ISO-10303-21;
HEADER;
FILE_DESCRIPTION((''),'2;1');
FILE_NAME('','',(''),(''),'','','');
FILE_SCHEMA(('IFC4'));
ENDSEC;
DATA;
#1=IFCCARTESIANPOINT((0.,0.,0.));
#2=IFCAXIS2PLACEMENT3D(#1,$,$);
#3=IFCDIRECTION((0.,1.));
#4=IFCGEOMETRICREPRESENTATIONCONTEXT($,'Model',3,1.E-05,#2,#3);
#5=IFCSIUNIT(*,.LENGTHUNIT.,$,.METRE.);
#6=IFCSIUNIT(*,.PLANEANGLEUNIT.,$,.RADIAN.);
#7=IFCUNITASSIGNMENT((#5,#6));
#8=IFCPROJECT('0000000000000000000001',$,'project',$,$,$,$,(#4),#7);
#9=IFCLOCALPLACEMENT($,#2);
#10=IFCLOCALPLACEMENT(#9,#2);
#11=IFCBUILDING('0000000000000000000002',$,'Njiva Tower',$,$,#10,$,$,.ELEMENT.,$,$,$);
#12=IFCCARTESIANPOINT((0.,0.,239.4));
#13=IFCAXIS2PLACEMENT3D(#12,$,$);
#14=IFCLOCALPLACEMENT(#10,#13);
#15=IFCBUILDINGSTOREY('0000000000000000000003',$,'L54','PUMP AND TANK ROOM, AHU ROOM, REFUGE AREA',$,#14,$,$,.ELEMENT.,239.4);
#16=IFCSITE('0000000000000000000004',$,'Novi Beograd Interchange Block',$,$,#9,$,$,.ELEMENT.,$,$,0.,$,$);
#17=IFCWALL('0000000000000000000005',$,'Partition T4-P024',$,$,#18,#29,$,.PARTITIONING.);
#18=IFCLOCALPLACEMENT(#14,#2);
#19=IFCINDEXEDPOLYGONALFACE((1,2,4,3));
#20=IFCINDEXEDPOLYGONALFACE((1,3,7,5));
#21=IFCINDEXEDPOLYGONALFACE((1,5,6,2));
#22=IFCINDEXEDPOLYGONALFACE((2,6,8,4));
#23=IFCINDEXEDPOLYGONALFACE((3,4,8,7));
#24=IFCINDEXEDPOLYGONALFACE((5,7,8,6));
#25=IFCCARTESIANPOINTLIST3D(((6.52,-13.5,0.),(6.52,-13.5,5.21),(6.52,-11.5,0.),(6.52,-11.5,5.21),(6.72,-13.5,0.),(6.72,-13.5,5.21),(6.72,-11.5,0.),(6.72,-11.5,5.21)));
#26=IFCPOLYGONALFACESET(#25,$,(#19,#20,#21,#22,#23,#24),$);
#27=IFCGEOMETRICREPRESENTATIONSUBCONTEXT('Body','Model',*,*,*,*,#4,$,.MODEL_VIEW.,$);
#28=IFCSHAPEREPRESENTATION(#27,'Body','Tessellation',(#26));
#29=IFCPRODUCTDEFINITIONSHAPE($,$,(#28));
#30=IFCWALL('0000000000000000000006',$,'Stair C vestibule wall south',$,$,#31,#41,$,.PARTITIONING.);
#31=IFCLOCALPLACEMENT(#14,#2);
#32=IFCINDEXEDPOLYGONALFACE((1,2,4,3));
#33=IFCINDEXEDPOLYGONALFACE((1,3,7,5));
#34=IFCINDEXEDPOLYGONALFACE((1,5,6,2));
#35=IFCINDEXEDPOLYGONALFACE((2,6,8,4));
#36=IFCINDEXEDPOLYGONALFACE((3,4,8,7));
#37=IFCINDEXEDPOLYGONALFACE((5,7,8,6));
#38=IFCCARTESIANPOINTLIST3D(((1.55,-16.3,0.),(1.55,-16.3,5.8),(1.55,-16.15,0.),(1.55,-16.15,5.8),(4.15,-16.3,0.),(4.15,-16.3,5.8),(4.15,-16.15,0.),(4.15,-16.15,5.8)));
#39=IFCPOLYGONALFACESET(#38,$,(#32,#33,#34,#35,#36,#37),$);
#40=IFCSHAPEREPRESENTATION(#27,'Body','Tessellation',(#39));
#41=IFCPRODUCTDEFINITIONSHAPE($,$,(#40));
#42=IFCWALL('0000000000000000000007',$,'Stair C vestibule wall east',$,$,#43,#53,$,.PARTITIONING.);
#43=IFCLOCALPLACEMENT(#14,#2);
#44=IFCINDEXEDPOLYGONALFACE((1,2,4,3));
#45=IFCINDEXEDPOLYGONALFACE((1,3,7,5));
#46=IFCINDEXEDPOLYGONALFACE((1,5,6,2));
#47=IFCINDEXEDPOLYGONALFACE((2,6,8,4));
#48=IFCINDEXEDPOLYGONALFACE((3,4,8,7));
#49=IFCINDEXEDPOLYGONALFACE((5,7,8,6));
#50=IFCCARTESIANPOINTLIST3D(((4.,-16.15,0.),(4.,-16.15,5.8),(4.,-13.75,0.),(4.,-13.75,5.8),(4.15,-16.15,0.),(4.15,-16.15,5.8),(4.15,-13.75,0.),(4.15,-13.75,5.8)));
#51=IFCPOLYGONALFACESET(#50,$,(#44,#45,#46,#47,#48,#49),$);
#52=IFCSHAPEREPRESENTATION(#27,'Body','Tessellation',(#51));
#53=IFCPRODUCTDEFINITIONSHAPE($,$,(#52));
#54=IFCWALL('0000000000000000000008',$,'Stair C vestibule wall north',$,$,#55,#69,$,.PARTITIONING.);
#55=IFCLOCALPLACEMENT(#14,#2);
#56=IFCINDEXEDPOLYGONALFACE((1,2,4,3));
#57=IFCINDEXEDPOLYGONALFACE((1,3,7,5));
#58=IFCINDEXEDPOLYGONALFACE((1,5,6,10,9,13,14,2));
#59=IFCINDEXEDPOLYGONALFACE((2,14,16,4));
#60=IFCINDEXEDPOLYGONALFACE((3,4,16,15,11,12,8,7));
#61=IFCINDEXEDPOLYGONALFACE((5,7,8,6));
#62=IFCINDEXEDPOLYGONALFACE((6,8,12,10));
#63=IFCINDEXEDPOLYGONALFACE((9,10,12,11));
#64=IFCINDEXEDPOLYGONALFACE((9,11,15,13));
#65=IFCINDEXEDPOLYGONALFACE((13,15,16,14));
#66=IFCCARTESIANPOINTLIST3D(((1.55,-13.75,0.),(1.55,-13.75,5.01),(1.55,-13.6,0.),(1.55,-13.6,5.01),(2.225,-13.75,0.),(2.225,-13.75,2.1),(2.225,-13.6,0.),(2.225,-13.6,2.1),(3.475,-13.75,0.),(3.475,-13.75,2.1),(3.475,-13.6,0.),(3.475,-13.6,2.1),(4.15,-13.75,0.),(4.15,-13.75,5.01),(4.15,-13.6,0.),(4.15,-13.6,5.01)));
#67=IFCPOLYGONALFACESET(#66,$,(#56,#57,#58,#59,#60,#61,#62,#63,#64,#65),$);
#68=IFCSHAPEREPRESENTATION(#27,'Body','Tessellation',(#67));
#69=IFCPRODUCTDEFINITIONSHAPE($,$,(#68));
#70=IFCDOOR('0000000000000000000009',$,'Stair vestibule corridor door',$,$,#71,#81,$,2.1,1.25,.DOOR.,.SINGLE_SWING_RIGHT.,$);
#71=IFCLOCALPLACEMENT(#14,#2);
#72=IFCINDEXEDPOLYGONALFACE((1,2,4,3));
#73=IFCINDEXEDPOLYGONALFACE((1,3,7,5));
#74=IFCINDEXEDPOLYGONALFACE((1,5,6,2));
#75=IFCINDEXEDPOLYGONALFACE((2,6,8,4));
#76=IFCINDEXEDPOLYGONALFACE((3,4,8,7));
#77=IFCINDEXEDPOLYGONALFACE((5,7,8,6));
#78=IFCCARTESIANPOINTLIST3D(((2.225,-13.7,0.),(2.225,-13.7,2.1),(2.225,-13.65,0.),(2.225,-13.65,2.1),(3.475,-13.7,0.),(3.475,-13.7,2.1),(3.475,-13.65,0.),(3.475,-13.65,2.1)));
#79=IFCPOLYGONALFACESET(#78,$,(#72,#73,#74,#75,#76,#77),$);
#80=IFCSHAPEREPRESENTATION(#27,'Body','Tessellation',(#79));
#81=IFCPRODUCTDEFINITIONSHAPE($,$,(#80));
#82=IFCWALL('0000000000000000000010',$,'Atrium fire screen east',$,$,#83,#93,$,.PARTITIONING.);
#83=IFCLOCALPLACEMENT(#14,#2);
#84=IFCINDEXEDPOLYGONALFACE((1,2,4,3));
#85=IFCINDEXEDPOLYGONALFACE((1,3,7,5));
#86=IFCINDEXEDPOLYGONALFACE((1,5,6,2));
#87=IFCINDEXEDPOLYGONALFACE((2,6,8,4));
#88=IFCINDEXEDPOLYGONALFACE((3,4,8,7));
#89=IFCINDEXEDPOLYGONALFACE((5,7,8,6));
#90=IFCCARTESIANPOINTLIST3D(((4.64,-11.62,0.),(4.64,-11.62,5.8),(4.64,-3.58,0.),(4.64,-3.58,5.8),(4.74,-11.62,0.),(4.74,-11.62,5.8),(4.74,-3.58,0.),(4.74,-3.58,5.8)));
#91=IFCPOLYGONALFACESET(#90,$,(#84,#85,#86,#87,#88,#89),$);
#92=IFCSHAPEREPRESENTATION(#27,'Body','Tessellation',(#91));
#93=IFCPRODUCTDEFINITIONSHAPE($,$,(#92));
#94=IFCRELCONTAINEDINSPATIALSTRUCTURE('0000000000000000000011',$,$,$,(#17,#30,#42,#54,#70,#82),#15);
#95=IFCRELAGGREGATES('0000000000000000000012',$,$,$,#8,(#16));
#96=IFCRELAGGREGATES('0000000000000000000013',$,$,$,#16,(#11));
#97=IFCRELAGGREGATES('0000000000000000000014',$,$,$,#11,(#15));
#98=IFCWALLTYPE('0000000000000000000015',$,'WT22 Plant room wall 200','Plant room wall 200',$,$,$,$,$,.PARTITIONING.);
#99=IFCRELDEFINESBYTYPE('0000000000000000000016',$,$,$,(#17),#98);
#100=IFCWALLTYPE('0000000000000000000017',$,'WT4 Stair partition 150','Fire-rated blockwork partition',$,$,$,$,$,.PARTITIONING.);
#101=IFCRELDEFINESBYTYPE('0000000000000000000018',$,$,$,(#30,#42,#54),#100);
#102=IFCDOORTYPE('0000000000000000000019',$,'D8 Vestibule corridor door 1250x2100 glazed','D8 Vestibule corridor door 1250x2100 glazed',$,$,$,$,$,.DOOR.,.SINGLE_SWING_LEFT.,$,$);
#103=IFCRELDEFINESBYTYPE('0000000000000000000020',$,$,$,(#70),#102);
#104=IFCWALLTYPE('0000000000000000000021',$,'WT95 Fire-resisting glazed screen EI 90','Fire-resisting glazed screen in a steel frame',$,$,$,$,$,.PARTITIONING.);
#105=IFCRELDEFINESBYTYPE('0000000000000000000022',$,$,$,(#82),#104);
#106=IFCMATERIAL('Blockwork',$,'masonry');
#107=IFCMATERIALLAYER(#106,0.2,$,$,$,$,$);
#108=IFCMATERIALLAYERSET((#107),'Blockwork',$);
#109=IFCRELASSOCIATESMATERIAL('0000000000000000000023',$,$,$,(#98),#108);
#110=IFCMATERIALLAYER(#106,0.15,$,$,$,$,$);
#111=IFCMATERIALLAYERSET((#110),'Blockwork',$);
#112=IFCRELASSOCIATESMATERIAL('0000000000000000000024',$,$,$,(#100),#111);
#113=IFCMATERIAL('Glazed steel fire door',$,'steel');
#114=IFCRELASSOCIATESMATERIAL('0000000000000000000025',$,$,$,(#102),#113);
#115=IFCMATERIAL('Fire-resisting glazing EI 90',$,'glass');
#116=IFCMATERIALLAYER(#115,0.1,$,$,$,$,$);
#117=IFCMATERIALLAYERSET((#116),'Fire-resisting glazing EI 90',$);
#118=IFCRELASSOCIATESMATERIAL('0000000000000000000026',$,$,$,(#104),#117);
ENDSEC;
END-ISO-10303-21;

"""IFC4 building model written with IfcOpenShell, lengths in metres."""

from ifc_helpers import new_model, si_unit, direction, frame, frame_2d, origin, place, context, subcontext, project, spatial, rectangle, extrude, material, layer, layer_set, type_object, element, fill, save


model = new_model("IFC4")

# Units and contexts
model_context = context("Model", 3, precision=1e-05, world=origin(), true_north=direction((0.0, 1.0)))
body_context = subcontext(model_context, "Body", "Model", "MODEL_VIEW")
ifc_project = project(units=[si_unit("LENGTHUNIT", "METRE"), si_unit("PLANEANGLEUNIT", "RADIAN")], contexts=[model_context])

# Site, building, storey
site_placement = place(None, origin())
site = spatial("IfcSite", under=ifc_project, at=site_placement, Name="Novi Beograd Interchange Block", CompositionType="ELEMENT", RefElevation=0.0)
building_placement = place(site_placement, origin())
building = spatial("IfcBuilding", under=site, at=building_placement, Name="Njiva Tower", CompositionType="ELEMENT")
storey_placement = place(building_placement, frame((0.0, 0.0, 239.4)))
storey = spatial("IfcBuildingStorey", under=building, at=storey_placement, Name="L54", Description="PUMP AND TANK ROOM, AHU ROOM, REFUGE AREA", CompositionType="ELEMENT", Elevation=239.4)

# Shared definitions
ifc_material_1 = material(Name="Blockwork", Category="masonry")
ifc_layer_1 = layer(ifc_material_1, 0.2)
ifc_layer_set_1 = layer_set([ifc_layer_1], Name="Blockwork")
wall_type_1 = type_object("IfcWallType", Name="WT22 Plant room wall 200", Description="Plant room wall 200", PredefinedType="PARTITIONING", material=ifc_layer_set_1)

# Walls
wall_1_placement = place(storey_placement, frame((6.62, -13.5, 0.0), z_axis=(0.0, 0.0, 1.0), x_axis=(0.0, 1.0, 0.0)))
element("IfcWall", 1, at=wall_1_placement, inside=storey, type_object=wall_type_1, Name="Partition T4-P024", PredefinedType="PARTITIONING", context=body_context, shape_type="SweptSolid", body=[
    extrude(rectangle(XDim=2.0, YDim=0.2, at=frame_2d((1.0, 0.0))), origin(), (0.0, 0.0, 1.0), 5.21),
])
ifc_layer_2 = layer(ifc_material_1, 0.15)
ifc_layer_set_2 = layer_set([ifc_layer_2], Name="Blockwork")
wall_type_2 = type_object("IfcWallType", Name="WT4 Stair partition 150", Description="Fire-rated blockwork partition", PredefinedType="PARTITIONING", material=ifc_layer_set_2)
wall_2_placement = place(storey_placement, frame((1.55, -16.225, 0.0), z_axis=(0.0, 0.0, 1.0), x_axis=(1.0, 0.0, 0.0)))
element("IfcWall", 2, at=wall_2_placement, inside=storey, type_object=wall_type_2, Name="Stair C vestibule wall south", PredefinedType="PARTITIONING", context=body_context, shape_type="SweptSolid", body=[
    extrude(rectangle(XDim=2.6, YDim=0.15, at=frame_2d((1.3, 0.0))), origin(), (0.0, 0.0, 1.0), 5.8),
])
wall_3_placement = place(storey_placement, frame((4.075, -16.15, 0.0), z_axis=(0.0, 0.0, 1.0), x_axis=(0.0, 1.0, 0.0)))
element("IfcWall", 3, at=wall_3_placement, inside=storey, type_object=wall_type_2, Name="Stair C vestibule wall east", PredefinedType="PARTITIONING", context=body_context, shape_type="SweptSolid", body=[
    extrude(rectangle(XDim=2.4, YDim=0.15, at=frame_2d((1.2, 0.0))), origin(), (0.0, 0.0, 1.0), 5.8),
])

# Wall, opening, door
wall_4_placement = place(storey_placement, frame((1.55, -13.675, 0.0), z_axis=(0.0, 0.0, 1.0), x_axis=(1.0, 0.0, 0.0)))
wall_4 = element("IfcWall", 4, at=wall_4_placement, inside=storey, type_object=wall_type_2, Name="Stair C vestibule wall north", PredefinedType="PARTITIONING", context=body_context, shape_type="SweptSolid", body=[
    extrude(rectangle(XDim=2.6, YDim=0.15, at=frame_2d((1.3, 0.0))), origin(), (0.0, 0.0, 1.0), 5.01),
])
opening_1_placement = place(wall_4_placement, frame((0.675, 0.0, 0.0)))
opening_1 = element("IfcOpeningElement", 5, at=opening_1_placement, cuts=wall_4, PredefinedType="OPENING", context=body_context, shape_type="SweptSolid", body=[
    extrude(rectangle(XDim=1.25, YDim=2.1, at=frame_2d((0.625, 1.05))), frame((0.0, 0.085, 0.0), z_axis=(0.0, -1.0, 0.0), x_axis=(1.0, 0.0, 0.0)), (0.0, 0.0, 1.0), 0.17),
])
ifc_material_2 = material(Name="Glazed steel fire door", Category="steel")
door_type_1 = type_object("IfcDoorType", Name="D8 Vestibule corridor door 1250x2100 glazed", Description="D8 Vestibule corridor door 1250x2100 glazed", OperationType="SINGLE_SWING_LEFT", PredefinedType="DOOR", material=ifc_material_2)
door_1_placement = place(opening_1_placement, origin())
door_1 = element("IfcDoor", 6, at=door_1_placement, inside=storey, type_object=door_type_1, Name="Stair vestibule corridor door", OperationType="SINGLE_SWING_RIGHT", OverallHeight=2.1, OverallWidth=1.25, PredefinedType="DOOR", context=body_context, shape_type="SweptSolid", body=[
    extrude(rectangle(XDim=1.25, YDim=2.1, at=frame_2d((0.625, 1.05))), frame((0.0, 0.025, 0.0), z_axis=(0.0, -1.0, 0.0), x_axis=(1.0, 0.0, 0.0)), (0.0, 0.0, 1.0), 0.05),
])
fill(opening_1, door_1)

# Wall
ifc_material_3 = material(Name="Fire-resisting glazing EI 90", Category="glass")
ifc_layer_3 = layer(ifc_material_3, 0.1)
ifc_layer_set_3 = layer_set([ifc_layer_3], Name="Fire-resisting glazing EI 90")
wall_type_3 = type_object("IfcWallType", Name="WT95 Fire-resisting glazed screen EI 90", Description="Fire-resisting glazed screen in a steel frame", PredefinedType="PARTITIONING", material=ifc_layer_set_3)
wall_5_placement = place(storey_placement, frame((4.69, -11.62, 0.0), z_axis=(0.0, 0.0, 1.0), x_axis=(0.0, 1.0, 0.0)))
element("IfcWall", 7, at=wall_5_placement, inside=storey, type_object=wall_type_3, Name="Atrium fire screen east", PredefinedType="PARTITIONING", context=body_context, shape_type="SweptSolid", body=[
    extrude(rectangle(XDim=8.04, YDim=0.1, at=frame_2d((4.02, 0.0))), origin(), (0.0, 0.0, 1.0), 5.8),
])

save(model, "model.ifc")
